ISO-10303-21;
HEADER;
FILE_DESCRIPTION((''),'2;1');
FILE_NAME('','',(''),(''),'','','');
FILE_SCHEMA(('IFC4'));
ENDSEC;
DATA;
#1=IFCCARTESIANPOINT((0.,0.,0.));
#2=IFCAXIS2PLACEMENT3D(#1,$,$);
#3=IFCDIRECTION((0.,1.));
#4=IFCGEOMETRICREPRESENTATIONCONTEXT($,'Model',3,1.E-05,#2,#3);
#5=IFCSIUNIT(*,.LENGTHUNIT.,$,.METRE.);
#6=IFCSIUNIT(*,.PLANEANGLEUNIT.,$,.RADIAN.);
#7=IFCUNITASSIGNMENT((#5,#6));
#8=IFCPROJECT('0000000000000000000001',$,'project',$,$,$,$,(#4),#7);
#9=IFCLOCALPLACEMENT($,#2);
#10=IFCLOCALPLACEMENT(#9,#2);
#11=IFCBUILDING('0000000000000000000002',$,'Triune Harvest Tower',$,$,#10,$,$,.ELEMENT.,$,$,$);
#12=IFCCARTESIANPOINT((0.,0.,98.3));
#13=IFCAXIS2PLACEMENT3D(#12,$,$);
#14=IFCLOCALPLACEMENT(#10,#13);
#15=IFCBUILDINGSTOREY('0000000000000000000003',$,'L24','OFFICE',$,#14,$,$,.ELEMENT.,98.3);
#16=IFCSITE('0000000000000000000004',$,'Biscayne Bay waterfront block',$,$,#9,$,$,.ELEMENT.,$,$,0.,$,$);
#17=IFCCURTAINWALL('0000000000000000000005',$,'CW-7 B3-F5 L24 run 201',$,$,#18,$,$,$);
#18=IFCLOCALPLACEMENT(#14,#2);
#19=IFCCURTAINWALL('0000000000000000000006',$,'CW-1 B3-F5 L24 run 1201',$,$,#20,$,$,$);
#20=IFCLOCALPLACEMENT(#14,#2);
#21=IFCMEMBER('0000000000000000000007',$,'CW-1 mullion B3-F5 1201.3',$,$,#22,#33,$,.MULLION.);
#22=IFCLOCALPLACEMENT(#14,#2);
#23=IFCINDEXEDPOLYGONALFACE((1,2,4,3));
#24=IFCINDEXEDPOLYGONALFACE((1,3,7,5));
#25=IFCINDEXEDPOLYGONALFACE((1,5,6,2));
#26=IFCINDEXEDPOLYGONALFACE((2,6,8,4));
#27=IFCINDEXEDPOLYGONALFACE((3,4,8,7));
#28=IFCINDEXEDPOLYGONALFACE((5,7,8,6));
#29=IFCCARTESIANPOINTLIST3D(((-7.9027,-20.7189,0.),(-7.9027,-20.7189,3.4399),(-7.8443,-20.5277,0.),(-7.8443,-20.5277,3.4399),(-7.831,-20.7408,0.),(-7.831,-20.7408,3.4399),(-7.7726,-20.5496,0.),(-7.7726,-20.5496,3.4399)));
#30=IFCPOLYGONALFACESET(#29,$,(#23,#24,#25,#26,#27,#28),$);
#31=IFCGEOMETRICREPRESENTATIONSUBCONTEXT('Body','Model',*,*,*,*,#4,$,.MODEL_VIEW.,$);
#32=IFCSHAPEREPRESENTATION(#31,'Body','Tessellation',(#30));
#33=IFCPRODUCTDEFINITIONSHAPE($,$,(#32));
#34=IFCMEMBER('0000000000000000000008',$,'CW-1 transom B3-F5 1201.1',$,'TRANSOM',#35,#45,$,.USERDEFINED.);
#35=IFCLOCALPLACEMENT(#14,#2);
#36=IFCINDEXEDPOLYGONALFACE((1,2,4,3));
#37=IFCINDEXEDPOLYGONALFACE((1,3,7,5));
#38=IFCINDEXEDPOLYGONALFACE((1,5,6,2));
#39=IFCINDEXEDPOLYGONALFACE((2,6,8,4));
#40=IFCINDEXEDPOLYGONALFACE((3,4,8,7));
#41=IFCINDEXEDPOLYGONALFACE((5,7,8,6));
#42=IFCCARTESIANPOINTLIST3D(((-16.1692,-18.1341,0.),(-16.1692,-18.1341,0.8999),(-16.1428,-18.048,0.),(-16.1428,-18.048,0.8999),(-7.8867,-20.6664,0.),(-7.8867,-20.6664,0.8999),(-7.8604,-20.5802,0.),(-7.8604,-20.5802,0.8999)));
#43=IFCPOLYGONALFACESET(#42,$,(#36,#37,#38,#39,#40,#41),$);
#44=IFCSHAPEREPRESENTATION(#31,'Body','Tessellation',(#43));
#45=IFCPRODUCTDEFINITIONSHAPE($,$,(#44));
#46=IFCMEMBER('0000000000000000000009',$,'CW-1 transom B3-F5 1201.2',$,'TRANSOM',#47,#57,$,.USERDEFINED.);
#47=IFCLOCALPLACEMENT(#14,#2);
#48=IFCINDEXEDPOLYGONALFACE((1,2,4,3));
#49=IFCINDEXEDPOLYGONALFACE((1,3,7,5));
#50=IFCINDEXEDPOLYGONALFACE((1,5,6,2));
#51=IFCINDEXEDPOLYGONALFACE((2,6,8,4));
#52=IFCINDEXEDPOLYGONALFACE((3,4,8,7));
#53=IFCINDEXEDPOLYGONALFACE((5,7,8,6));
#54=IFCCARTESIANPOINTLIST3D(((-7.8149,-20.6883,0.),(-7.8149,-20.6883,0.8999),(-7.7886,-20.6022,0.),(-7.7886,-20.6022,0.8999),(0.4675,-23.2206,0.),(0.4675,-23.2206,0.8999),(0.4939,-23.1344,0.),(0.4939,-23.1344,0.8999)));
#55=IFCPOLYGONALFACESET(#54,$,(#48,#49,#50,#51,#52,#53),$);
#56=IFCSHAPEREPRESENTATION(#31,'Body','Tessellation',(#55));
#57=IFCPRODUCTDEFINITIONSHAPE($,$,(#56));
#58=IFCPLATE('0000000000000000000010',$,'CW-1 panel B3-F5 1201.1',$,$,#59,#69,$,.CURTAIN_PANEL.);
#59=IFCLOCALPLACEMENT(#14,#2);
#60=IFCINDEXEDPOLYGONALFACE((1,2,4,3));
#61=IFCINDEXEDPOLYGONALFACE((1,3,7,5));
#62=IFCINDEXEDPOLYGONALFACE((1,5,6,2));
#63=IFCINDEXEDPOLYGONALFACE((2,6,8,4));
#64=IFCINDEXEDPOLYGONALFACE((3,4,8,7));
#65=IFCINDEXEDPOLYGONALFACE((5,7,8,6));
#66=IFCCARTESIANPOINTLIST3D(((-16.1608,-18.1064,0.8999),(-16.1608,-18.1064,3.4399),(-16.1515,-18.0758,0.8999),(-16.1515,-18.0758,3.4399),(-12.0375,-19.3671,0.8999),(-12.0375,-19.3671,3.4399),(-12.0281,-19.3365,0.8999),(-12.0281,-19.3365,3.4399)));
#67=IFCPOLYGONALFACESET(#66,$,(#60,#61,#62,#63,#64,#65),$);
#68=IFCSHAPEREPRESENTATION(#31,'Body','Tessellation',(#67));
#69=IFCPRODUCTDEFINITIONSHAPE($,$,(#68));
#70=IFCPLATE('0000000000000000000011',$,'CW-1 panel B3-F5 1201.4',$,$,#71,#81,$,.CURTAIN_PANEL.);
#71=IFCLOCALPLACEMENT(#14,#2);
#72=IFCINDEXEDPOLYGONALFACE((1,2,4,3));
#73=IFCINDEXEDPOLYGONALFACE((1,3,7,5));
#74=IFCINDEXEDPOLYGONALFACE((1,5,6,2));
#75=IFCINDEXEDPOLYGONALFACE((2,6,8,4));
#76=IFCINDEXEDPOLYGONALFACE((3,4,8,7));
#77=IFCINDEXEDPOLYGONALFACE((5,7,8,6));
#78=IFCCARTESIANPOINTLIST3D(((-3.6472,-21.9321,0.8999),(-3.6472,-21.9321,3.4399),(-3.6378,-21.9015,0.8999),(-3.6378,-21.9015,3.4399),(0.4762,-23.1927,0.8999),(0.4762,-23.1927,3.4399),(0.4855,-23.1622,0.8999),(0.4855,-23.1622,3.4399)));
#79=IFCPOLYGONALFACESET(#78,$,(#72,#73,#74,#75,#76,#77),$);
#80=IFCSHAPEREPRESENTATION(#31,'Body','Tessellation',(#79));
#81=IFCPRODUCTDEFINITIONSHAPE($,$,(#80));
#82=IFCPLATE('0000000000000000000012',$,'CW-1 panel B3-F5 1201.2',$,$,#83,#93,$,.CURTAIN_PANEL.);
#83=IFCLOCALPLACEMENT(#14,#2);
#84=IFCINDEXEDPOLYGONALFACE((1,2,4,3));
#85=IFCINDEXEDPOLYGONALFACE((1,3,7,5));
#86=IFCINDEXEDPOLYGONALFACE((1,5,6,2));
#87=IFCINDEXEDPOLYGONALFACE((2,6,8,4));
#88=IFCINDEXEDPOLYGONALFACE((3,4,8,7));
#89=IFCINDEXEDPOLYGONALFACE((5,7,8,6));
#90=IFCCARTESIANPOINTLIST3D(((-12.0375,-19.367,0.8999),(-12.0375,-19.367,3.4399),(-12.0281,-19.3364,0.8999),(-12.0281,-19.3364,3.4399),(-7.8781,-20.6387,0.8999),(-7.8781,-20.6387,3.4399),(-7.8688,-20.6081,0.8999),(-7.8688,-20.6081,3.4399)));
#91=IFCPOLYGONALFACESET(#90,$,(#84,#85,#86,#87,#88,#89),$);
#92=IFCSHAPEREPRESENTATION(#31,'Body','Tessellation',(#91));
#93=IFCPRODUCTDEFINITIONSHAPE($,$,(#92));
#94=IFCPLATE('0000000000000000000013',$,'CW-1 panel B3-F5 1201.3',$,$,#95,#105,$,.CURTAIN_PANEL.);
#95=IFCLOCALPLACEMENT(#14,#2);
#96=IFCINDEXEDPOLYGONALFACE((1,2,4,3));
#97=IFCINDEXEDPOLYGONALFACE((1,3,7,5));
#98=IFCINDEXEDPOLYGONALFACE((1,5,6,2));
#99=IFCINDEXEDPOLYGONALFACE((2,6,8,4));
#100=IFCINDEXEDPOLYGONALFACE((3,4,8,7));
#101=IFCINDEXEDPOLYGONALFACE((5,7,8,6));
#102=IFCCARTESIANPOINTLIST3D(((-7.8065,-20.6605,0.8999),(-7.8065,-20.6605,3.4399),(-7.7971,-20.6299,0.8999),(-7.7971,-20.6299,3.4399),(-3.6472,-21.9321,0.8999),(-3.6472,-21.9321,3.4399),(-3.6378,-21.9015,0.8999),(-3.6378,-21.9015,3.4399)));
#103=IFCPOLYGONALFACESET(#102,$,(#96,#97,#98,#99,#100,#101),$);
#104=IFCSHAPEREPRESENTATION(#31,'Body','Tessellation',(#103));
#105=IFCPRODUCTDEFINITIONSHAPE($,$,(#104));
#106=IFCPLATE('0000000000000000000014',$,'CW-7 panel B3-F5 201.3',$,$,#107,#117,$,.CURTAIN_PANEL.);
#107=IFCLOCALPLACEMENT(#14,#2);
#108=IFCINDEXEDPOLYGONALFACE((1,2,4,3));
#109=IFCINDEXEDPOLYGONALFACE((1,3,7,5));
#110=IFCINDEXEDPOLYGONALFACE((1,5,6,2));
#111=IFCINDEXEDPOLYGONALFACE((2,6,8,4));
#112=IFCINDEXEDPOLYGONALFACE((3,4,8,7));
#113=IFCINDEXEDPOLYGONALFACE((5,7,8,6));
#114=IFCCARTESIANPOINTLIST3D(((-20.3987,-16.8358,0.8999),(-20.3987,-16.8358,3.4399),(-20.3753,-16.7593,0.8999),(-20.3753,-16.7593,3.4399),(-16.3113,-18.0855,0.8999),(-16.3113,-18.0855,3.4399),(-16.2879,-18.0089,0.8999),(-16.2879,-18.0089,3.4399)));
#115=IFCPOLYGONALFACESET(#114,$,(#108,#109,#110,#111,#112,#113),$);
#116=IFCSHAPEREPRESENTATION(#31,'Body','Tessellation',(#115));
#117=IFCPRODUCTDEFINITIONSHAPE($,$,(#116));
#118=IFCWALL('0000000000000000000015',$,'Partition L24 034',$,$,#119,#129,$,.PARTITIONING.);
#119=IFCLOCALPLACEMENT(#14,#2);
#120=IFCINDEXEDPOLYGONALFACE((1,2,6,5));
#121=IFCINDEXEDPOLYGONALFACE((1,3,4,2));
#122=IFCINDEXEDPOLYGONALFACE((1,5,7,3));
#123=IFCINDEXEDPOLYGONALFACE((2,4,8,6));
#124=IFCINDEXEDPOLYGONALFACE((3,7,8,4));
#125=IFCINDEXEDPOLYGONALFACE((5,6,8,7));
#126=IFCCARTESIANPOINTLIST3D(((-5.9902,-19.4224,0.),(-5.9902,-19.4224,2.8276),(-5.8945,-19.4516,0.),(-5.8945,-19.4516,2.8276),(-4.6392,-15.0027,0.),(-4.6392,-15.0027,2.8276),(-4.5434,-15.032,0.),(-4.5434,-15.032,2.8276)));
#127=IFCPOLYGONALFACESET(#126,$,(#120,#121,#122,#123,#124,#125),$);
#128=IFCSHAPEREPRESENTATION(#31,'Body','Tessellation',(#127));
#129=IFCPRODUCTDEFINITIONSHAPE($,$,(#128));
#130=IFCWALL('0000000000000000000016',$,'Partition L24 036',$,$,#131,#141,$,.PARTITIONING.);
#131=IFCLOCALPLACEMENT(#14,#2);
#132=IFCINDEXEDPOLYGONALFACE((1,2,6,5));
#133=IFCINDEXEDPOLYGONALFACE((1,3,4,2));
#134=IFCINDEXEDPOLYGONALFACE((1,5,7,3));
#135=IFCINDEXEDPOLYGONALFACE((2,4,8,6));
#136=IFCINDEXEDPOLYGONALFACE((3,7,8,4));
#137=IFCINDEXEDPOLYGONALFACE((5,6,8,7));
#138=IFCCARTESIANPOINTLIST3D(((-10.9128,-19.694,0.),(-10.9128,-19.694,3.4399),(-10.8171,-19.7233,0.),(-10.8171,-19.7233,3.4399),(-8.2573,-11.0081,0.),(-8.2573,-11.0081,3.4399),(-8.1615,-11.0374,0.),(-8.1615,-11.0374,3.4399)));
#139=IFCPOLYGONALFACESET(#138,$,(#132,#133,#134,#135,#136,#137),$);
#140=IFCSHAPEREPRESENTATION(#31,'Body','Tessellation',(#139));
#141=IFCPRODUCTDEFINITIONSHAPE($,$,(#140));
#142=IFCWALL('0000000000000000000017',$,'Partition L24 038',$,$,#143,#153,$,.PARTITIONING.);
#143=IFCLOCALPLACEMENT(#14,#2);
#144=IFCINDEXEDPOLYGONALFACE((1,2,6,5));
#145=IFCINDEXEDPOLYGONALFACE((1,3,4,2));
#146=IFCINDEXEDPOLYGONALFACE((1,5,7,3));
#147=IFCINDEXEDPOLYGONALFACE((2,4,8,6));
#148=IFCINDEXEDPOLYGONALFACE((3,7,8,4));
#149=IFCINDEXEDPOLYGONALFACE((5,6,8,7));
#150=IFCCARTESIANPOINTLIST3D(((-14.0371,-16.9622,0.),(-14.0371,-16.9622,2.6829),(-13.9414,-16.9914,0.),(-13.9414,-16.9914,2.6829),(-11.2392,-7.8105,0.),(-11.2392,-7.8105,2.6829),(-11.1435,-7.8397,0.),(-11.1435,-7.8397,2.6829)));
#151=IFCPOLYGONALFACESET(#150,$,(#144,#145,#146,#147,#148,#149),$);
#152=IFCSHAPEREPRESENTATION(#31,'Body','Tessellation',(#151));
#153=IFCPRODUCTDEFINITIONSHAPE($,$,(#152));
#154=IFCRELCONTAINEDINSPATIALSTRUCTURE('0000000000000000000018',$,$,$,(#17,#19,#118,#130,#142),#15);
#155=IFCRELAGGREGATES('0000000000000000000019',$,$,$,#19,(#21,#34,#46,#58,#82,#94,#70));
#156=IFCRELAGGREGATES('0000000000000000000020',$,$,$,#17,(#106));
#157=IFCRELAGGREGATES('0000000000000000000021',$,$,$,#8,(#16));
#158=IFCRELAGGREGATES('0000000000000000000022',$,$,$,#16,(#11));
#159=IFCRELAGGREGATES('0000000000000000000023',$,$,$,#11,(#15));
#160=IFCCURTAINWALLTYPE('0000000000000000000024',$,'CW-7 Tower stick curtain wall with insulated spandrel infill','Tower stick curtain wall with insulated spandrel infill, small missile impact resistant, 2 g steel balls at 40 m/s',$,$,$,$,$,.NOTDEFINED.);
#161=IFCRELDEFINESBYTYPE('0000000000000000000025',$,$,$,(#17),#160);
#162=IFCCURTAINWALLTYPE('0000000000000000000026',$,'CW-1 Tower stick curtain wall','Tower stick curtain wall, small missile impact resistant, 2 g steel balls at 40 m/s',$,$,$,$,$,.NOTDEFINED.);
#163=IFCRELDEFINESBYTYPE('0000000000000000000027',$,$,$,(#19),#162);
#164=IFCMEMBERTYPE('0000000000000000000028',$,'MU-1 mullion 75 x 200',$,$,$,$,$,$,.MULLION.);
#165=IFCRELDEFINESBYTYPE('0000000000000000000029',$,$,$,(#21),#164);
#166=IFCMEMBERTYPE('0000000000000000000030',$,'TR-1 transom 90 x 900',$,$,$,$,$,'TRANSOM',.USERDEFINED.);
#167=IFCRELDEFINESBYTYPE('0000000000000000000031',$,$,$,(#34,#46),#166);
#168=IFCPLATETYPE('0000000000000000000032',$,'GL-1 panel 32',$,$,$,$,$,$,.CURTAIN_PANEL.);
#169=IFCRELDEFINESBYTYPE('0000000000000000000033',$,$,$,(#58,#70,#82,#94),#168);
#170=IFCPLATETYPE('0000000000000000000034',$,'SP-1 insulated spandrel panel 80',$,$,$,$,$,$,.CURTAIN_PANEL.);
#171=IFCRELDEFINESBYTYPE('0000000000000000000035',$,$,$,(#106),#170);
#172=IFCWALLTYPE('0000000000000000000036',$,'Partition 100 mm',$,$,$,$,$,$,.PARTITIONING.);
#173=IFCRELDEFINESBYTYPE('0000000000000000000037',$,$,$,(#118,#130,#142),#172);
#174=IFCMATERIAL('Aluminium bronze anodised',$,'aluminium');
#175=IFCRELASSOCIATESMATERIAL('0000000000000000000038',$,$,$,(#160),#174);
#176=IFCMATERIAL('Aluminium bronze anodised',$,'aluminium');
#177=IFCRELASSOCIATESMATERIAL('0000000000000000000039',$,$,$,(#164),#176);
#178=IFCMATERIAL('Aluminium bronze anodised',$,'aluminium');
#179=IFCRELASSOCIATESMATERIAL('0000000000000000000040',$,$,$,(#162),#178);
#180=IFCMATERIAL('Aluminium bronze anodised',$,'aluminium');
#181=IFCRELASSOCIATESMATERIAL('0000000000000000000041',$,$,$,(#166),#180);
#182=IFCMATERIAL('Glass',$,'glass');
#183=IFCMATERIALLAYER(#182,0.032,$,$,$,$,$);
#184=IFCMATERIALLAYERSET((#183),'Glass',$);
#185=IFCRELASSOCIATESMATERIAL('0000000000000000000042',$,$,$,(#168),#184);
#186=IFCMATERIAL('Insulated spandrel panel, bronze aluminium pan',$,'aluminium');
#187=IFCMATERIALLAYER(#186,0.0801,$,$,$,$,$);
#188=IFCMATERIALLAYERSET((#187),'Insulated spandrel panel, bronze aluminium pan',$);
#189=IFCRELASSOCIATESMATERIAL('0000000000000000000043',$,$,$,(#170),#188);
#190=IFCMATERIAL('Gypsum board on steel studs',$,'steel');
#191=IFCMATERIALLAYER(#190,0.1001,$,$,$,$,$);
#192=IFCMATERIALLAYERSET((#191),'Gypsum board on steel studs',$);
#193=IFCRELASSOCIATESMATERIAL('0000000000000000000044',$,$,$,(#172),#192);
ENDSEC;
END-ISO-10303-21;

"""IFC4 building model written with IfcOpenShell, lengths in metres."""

from ifc_helpers import new_model, si_unit, direction, frame, frame_2d, origin, origin_2d, place, context, subcontext, project, spatial, rectangle, extrude, source, transform, mapped, material, layer, layer_set, material_profile, profile_set, type_object, element, aggregate, save


model = new_model("IFC4")

# Units and contexts
model_context = context("Model", 3, precision=1e-05, world=origin(), true_north=direction((0.0, 1.0)))
body_context = subcontext(model_context, "Body", "Model", "MODEL_VIEW")
ifc_project = project(units=[si_unit("LENGTHUNIT", "METRE"), si_unit("PLANEANGLEUNIT", "RADIAN")], contexts=[model_context])

# Site, building, storey
site_placement = place(None, origin())
site = spatial("IfcSite", under=ifc_project, at=site_placement, Name="Biscayne Bay waterfront block", CompositionType="ELEMENT", RefElevation=0.0)
building_placement = place(site_placement, origin())
building = spatial("IfcBuilding", under=site, at=building_placement, Name="Triune Harvest Tower", CompositionType="ELEMENT")
storey_placement = place(building_placement, frame((0.0, 0.0, 98.3)))
storey = spatial("IfcBuildingStorey", under=building, at=storey_placement, Name="L24", Description="OFFICE", CompositionType="ELEMENT", Elevation=98.3)

# Curtain wall
ifc_material_1 = material(Name="Aluminium bronze anodised", Category="aluminium")
curtain_wall_type_1 = type_object("IfcCurtainWallType", Name="CW-7 Tower stick curtain wall with insulated spandrel infill", Description="Tower stick curtain wall with insulated spandrel infill, small missile impact resistant, 2 g steel balls at 40 m/s", PredefinedType="NOTDEFINED", material=ifc_material_1)
curtain_wall_1_placement = place(storey_placement, origin())
curtain_wall_1 = element("IfcCurtainWall", 1, at=curtain_wall_1_placement, inside=storey, type_object=curtain_wall_type_1, Name="CW-7 B3-F5 L24 run 201")
ifc_material_2 = material(Name="Aluminium bronze anodised", Category="aluminium")
ifc_material_profile_1 = material_profile(ifc_material_2, rectangle(XDim=0.2, YDim=0.075, at=origin_2d()), Name="MU-1 mullion 75 x 200")
ifc_profile_set_1 = profile_set([ifc_material_profile_1], Name="Aluminium bronze anodised")
member_type_1 = type_object("IfcMemberType", Name="MU-1 mullion 75 x 200", PredefinedType="MULLION", material=ifc_profile_set_1)
shared_shape_1 = source(origin(), body_context, "Body", "SweptSolid", [
    extrude(rectangle(XDim=0.2, YDim=0.075, at=origin_2d()), origin(), (0.0, 0.0, 1.0), 3.4399),
])

# Curtain wall, members, plates
ifc_material_3 = material(Name="Aluminium bronze anodised", Category="aluminium")
curtain_wall_type_2 = type_object("IfcCurtainWallType", Name="CW-1 Tower stick curtain wall", Description="Tower stick curtain wall, small missile impact resistant, 2 g steel balls at 40 m/s", PredefinedType="NOTDEFINED", material=ifc_material_3)
curtain_wall_2_placement = place(storey_placement, origin())
curtain_wall_2 = element("IfcCurtainWall", 2, at=curtain_wall_2_placement, inside=storey, type_object=curtain_wall_type_2, Name="CW-1 B3-F5 L24 run 1201")
member_1_placement = place(storey_placement, frame((-7.8376, -20.6343, 0.0), z_axis=(0.0, 0.0, 1.0), x_axis=(0.292379, 0.956302, 0.0)))
member_1 = element("IfcMember", 3, at=member_1_placement, type_object=member_type_1, Name="CW-1 mullion B3-F5 1201.3", PredefinedType="MULLION", context=body_context, shape_type="MappedRepresentation", body=[
    mapped(shared_shape_1, transform((0.0, 0.0, 0.0), scale=1.0)),
])
ifc_material_4 = material(Name="Aluminium bronze anodised", Category="aluminium")
ifc_material_profile_2 = material_profile(ifc_material_4, rectangle(XDim=0.0901, YDim=0.8999, at=origin_2d()), Name="TR-1 transom 90 x 900")
ifc_profile_set_2 = profile_set([ifc_material_profile_2], Name="Aluminium bronze anodised")
member_type_2 = type_object("IfcMemberType", Name="TR-1 transom 90 x 900", ElementType="TRANSOM", PredefinedType="USERDEFINED", material=ifc_profile_set_2)
shared_shape_2 = source(origin(), body_context, "Body", "SweptSolid", [
    extrude(rectangle(XDim=0.0901, YDim=0.8999, at=origin_2d()), origin(), (0.0, 0.0, 1.0), 8.6609),
])
member_2_placement = place(storey_placement, frame((-16.156, -18.0911, 0.45), z_axis=(0.956304, -0.292374, 0.0), x_axis=(0.292374, 0.956304, 0.0)))
member_2 = element("IfcMember", 4, at=member_2_placement, type_object=member_type_2, Name="CW-1 transom B3-F5 1201.1", ObjectType="TRANSOM", PredefinedType="USERDEFINED", context=body_context, shape_type="MappedRepresentation", body=[
    mapped(shared_shape_2, transform((0.0, 0.0, 0.0), scale=1.0)),
])
member_3_placement = place(storey_placement, frame((-7.8018, -20.6453, 0.45), z_axis=(0.956304, -0.292374, 0.0), x_axis=(0.292374, 0.956304, 0.0)))
member_3 = element("IfcMember", 5, at=member_3_placement, type_object=member_type_2, Name="CW-1 transom B3-F5 1201.2", ObjectType="TRANSOM", PredefinedType="USERDEFINED", context=body_context, shape_type="MappedRepresentation", body=[
    mapped(shared_shape_2, transform((0.0, 0.0, 0.0), scale=1.0)),
])
ifc_material_5 = material(Name="Glass", Category="glass")
ifc_layer_1 = layer(ifc_material_5, 0.032)
ifc_layer_set_1 = layer_set([ifc_layer_1], Name="Glass")
plate_type_1 = type_object("IfcPlateType", Name="GL-1 panel 32", PredefinedType="CURTAIN_PANEL", material=ifc_layer_set_1)
shared_shape_3 = source(origin(), body_context, "Body", "SweptSolid", [
    extrude(rectangle(XDim=4.3118, YDim=0.032, at=origin_2d()), origin(), (0.0, 0.0, 1.0), 2.54),
])
plate_1_placement = place(storey_placement, frame((-14.0945, -18.7214, 0.8999), z_axis=(0.0, 0.0, 1.0), x_axis=(0.956302, -0.292379, 0.0)))
plate_1 = element("IfcPlate", 6, at=plate_1_placement, type_object=plate_type_1, Name="CW-1 panel B3-F5 1201.1", PredefinedType="CURTAIN_PANEL", context=body_context, shape_type="MappedRepresentation", body=[
    mapped(shared_shape_3, transform((0.0, 0.0, 0.0), scale=1.0)),
])
plate_2_placement = place(storey_placement, frame((-1.5808, -22.5471, 0.8999), z_axis=(0.0, 0.0, 1.0), x_axis=(0.956302, -0.292379, 0.0)))
plate_2 = element("IfcPlate", 7, at=plate_2_placement, type_object=plate_type_1, Name="CW-1 panel B3-F5 1201.4", PredefinedType="CURTAIN_PANEL", context=body_context, shape_type="MappedRepresentation", body=[
    mapped(shared_shape_3, transform((0.0, 0.0, 0.0), scale=1.0)),
])
shared_shape_4 = source(origin(), body_context, "Body", "SweptSolid", [
    extrude(rectangle(XDim=4.3494, YDim=0.032, at=origin_2d()), origin(), (0.0, 0.0, 1.0), 2.54),
])
plate_3_placement = place(storey_placement, frame((-9.9531, -19.9875, 0.8999), z_axis=(0.0, 0.0, 1.0), x_axis=(0.956302, -0.292379, 0.0)))
plate_3 = element("IfcPlate", 8, at=plate_3_placement, type_object=plate_type_1, Name="CW-1 panel B3-F5 1201.2", PredefinedType="CURTAIN_PANEL", context=body_context, shape_type="MappedRepresentation", body=[
    mapped(shared_shape_4, transform((0.0, 0.0, 0.0), scale=1.0)),
])
plate_4_placement = place(storey_placement, frame((-5.7222, -21.281, 0.8999), z_axis=(0.0, 0.0, 1.0), x_axis=(0.956302, -0.292379, 0.0)))
plate_4 = element("IfcPlate", 9, at=plate_4_placement, type_object=plate_type_1, Name="CW-1 panel B3-F5 1201.3", PredefinedType="CURTAIN_PANEL", context=body_context, shape_type="MappedRepresentation", body=[
    mapped(shared_shape_4, transform((0.0, 0.0, 0.0), scale=1.0)),
])
aggregate(curtain_wall_2, [member_1, member_2, member_3, plate_1, plate_3, plate_4, plate_2])

# Plate
ifc_material_6 = material(Name="Insulated spandrel panel, bronze aluminium pan", Category="aluminium")
ifc_layer_2 = layer(ifc_material_6, 0.0801)
ifc_layer_set_2 = layer_set([ifc_layer_2], Name="Insulated spandrel panel, bronze aluminium pan")
plate_type_2 = type_object("IfcPlateType", Name="SP-1 insulated spandrel panel 80", PredefinedType="CURTAIN_PANEL", material=ifc_layer_set_2)
shared_shape_5 = source(origin(), body_context, "Body", "SweptSolid", [
    extrude(rectangle(XDim=4.2742, YDim=0.0801, at=origin_2d()), origin(), (0.0, 0.0, 1.0), 2.54),
])
plate_5_placement = place(storey_placement, frame((-18.3433, -17.4224, 0.8999), z_axis=(0.0, 0.0, 1.0), x_axis=(0.956305, -0.292371, 0.0)))
plate_5 = element("IfcPlate", 10, at=plate_5_placement, type_object=plate_type_2, Name="CW-7 panel B3-F5 201.3", PredefinedType="CURTAIN_PANEL", context=body_context, shape_type="MappedRepresentation", body=[
    mapped(shared_shape_5, transform((0.0, 0.0, 0.0), scale=1.0)),
])
aggregate(curtain_wall_1, [plate_5])

# Walls
ifc_material_7 = material(Name="Gypsum board on steel studs", Category="steel")
ifc_layer_3 = layer(ifc_material_7, 0.1001)
ifc_layer_set_3 = layer_set([ifc_layer_3], Name="Gypsum board on steel studs")
wall_type_1 = type_object("IfcWallType", Name="Partition 100 mm", PredefinedType="PARTITIONING", material=ifc_layer_set_3)
wall_1_placement = place(storey_placement, frame((-5.9424, -19.437, 0.0), z_axis=(0.0, 0.0, 1.0), x_axis=(0.292341, 0.956314, 0.0)))
element("IfcWall", 11, at=wall_1_placement, inside=storey, type_object=wall_type_1, Name="Partition L24 034", PredefinedType="PARTITIONING", context=body_context, shape_type="SweptSolid", body=[
    extrude(rectangle(XDim=4.6216, YDim=0.1001, at=frame_2d((2.3108, 0.0))), origin(), (0.0, 0.0, 1.0), 2.8276),
])
wall_2_placement = place(storey_placement, frame((-10.865, -19.7087, 0.0), z_axis=(0.0, 0.0, 1.0), x_axis=(0.292372, 0.956305, 0.0)))
element("IfcWall", 12, at=wall_2_placement, inside=storey, type_object=wall_type_1, Name="Partition L24 036", PredefinedType="PARTITIONING", context=body_context, shape_type="SweptSolid", body=[
    extrude(rectangle(XDim=9.0828, YDim=0.1001, at=frame_2d((4.5415, 0.0))), origin(), (0.0, 0.0, 1.0), 3.4399),
])
wall_3_placement = place(storey_placement, frame((-13.9893, -16.9768, 0.0), z_axis=(0.0, 0.0, 1.0), x_axis=(0.292364, 0.956307, 0.0)))
element("IfcWall", 13, at=wall_3_placement, inside=storey, type_object=wall_type_1, Name="Partition L24 038", PredefinedType="PARTITIONING", context=body_context, shape_type="SweptSolid", body=[
    extrude(rectangle(XDim=9.5698, YDim=0.1001, at=frame_2d((4.7849, 0.0))), origin(), (0.0, 0.0, 1.0), 2.6829),
])

save(model, "model.ifc")
